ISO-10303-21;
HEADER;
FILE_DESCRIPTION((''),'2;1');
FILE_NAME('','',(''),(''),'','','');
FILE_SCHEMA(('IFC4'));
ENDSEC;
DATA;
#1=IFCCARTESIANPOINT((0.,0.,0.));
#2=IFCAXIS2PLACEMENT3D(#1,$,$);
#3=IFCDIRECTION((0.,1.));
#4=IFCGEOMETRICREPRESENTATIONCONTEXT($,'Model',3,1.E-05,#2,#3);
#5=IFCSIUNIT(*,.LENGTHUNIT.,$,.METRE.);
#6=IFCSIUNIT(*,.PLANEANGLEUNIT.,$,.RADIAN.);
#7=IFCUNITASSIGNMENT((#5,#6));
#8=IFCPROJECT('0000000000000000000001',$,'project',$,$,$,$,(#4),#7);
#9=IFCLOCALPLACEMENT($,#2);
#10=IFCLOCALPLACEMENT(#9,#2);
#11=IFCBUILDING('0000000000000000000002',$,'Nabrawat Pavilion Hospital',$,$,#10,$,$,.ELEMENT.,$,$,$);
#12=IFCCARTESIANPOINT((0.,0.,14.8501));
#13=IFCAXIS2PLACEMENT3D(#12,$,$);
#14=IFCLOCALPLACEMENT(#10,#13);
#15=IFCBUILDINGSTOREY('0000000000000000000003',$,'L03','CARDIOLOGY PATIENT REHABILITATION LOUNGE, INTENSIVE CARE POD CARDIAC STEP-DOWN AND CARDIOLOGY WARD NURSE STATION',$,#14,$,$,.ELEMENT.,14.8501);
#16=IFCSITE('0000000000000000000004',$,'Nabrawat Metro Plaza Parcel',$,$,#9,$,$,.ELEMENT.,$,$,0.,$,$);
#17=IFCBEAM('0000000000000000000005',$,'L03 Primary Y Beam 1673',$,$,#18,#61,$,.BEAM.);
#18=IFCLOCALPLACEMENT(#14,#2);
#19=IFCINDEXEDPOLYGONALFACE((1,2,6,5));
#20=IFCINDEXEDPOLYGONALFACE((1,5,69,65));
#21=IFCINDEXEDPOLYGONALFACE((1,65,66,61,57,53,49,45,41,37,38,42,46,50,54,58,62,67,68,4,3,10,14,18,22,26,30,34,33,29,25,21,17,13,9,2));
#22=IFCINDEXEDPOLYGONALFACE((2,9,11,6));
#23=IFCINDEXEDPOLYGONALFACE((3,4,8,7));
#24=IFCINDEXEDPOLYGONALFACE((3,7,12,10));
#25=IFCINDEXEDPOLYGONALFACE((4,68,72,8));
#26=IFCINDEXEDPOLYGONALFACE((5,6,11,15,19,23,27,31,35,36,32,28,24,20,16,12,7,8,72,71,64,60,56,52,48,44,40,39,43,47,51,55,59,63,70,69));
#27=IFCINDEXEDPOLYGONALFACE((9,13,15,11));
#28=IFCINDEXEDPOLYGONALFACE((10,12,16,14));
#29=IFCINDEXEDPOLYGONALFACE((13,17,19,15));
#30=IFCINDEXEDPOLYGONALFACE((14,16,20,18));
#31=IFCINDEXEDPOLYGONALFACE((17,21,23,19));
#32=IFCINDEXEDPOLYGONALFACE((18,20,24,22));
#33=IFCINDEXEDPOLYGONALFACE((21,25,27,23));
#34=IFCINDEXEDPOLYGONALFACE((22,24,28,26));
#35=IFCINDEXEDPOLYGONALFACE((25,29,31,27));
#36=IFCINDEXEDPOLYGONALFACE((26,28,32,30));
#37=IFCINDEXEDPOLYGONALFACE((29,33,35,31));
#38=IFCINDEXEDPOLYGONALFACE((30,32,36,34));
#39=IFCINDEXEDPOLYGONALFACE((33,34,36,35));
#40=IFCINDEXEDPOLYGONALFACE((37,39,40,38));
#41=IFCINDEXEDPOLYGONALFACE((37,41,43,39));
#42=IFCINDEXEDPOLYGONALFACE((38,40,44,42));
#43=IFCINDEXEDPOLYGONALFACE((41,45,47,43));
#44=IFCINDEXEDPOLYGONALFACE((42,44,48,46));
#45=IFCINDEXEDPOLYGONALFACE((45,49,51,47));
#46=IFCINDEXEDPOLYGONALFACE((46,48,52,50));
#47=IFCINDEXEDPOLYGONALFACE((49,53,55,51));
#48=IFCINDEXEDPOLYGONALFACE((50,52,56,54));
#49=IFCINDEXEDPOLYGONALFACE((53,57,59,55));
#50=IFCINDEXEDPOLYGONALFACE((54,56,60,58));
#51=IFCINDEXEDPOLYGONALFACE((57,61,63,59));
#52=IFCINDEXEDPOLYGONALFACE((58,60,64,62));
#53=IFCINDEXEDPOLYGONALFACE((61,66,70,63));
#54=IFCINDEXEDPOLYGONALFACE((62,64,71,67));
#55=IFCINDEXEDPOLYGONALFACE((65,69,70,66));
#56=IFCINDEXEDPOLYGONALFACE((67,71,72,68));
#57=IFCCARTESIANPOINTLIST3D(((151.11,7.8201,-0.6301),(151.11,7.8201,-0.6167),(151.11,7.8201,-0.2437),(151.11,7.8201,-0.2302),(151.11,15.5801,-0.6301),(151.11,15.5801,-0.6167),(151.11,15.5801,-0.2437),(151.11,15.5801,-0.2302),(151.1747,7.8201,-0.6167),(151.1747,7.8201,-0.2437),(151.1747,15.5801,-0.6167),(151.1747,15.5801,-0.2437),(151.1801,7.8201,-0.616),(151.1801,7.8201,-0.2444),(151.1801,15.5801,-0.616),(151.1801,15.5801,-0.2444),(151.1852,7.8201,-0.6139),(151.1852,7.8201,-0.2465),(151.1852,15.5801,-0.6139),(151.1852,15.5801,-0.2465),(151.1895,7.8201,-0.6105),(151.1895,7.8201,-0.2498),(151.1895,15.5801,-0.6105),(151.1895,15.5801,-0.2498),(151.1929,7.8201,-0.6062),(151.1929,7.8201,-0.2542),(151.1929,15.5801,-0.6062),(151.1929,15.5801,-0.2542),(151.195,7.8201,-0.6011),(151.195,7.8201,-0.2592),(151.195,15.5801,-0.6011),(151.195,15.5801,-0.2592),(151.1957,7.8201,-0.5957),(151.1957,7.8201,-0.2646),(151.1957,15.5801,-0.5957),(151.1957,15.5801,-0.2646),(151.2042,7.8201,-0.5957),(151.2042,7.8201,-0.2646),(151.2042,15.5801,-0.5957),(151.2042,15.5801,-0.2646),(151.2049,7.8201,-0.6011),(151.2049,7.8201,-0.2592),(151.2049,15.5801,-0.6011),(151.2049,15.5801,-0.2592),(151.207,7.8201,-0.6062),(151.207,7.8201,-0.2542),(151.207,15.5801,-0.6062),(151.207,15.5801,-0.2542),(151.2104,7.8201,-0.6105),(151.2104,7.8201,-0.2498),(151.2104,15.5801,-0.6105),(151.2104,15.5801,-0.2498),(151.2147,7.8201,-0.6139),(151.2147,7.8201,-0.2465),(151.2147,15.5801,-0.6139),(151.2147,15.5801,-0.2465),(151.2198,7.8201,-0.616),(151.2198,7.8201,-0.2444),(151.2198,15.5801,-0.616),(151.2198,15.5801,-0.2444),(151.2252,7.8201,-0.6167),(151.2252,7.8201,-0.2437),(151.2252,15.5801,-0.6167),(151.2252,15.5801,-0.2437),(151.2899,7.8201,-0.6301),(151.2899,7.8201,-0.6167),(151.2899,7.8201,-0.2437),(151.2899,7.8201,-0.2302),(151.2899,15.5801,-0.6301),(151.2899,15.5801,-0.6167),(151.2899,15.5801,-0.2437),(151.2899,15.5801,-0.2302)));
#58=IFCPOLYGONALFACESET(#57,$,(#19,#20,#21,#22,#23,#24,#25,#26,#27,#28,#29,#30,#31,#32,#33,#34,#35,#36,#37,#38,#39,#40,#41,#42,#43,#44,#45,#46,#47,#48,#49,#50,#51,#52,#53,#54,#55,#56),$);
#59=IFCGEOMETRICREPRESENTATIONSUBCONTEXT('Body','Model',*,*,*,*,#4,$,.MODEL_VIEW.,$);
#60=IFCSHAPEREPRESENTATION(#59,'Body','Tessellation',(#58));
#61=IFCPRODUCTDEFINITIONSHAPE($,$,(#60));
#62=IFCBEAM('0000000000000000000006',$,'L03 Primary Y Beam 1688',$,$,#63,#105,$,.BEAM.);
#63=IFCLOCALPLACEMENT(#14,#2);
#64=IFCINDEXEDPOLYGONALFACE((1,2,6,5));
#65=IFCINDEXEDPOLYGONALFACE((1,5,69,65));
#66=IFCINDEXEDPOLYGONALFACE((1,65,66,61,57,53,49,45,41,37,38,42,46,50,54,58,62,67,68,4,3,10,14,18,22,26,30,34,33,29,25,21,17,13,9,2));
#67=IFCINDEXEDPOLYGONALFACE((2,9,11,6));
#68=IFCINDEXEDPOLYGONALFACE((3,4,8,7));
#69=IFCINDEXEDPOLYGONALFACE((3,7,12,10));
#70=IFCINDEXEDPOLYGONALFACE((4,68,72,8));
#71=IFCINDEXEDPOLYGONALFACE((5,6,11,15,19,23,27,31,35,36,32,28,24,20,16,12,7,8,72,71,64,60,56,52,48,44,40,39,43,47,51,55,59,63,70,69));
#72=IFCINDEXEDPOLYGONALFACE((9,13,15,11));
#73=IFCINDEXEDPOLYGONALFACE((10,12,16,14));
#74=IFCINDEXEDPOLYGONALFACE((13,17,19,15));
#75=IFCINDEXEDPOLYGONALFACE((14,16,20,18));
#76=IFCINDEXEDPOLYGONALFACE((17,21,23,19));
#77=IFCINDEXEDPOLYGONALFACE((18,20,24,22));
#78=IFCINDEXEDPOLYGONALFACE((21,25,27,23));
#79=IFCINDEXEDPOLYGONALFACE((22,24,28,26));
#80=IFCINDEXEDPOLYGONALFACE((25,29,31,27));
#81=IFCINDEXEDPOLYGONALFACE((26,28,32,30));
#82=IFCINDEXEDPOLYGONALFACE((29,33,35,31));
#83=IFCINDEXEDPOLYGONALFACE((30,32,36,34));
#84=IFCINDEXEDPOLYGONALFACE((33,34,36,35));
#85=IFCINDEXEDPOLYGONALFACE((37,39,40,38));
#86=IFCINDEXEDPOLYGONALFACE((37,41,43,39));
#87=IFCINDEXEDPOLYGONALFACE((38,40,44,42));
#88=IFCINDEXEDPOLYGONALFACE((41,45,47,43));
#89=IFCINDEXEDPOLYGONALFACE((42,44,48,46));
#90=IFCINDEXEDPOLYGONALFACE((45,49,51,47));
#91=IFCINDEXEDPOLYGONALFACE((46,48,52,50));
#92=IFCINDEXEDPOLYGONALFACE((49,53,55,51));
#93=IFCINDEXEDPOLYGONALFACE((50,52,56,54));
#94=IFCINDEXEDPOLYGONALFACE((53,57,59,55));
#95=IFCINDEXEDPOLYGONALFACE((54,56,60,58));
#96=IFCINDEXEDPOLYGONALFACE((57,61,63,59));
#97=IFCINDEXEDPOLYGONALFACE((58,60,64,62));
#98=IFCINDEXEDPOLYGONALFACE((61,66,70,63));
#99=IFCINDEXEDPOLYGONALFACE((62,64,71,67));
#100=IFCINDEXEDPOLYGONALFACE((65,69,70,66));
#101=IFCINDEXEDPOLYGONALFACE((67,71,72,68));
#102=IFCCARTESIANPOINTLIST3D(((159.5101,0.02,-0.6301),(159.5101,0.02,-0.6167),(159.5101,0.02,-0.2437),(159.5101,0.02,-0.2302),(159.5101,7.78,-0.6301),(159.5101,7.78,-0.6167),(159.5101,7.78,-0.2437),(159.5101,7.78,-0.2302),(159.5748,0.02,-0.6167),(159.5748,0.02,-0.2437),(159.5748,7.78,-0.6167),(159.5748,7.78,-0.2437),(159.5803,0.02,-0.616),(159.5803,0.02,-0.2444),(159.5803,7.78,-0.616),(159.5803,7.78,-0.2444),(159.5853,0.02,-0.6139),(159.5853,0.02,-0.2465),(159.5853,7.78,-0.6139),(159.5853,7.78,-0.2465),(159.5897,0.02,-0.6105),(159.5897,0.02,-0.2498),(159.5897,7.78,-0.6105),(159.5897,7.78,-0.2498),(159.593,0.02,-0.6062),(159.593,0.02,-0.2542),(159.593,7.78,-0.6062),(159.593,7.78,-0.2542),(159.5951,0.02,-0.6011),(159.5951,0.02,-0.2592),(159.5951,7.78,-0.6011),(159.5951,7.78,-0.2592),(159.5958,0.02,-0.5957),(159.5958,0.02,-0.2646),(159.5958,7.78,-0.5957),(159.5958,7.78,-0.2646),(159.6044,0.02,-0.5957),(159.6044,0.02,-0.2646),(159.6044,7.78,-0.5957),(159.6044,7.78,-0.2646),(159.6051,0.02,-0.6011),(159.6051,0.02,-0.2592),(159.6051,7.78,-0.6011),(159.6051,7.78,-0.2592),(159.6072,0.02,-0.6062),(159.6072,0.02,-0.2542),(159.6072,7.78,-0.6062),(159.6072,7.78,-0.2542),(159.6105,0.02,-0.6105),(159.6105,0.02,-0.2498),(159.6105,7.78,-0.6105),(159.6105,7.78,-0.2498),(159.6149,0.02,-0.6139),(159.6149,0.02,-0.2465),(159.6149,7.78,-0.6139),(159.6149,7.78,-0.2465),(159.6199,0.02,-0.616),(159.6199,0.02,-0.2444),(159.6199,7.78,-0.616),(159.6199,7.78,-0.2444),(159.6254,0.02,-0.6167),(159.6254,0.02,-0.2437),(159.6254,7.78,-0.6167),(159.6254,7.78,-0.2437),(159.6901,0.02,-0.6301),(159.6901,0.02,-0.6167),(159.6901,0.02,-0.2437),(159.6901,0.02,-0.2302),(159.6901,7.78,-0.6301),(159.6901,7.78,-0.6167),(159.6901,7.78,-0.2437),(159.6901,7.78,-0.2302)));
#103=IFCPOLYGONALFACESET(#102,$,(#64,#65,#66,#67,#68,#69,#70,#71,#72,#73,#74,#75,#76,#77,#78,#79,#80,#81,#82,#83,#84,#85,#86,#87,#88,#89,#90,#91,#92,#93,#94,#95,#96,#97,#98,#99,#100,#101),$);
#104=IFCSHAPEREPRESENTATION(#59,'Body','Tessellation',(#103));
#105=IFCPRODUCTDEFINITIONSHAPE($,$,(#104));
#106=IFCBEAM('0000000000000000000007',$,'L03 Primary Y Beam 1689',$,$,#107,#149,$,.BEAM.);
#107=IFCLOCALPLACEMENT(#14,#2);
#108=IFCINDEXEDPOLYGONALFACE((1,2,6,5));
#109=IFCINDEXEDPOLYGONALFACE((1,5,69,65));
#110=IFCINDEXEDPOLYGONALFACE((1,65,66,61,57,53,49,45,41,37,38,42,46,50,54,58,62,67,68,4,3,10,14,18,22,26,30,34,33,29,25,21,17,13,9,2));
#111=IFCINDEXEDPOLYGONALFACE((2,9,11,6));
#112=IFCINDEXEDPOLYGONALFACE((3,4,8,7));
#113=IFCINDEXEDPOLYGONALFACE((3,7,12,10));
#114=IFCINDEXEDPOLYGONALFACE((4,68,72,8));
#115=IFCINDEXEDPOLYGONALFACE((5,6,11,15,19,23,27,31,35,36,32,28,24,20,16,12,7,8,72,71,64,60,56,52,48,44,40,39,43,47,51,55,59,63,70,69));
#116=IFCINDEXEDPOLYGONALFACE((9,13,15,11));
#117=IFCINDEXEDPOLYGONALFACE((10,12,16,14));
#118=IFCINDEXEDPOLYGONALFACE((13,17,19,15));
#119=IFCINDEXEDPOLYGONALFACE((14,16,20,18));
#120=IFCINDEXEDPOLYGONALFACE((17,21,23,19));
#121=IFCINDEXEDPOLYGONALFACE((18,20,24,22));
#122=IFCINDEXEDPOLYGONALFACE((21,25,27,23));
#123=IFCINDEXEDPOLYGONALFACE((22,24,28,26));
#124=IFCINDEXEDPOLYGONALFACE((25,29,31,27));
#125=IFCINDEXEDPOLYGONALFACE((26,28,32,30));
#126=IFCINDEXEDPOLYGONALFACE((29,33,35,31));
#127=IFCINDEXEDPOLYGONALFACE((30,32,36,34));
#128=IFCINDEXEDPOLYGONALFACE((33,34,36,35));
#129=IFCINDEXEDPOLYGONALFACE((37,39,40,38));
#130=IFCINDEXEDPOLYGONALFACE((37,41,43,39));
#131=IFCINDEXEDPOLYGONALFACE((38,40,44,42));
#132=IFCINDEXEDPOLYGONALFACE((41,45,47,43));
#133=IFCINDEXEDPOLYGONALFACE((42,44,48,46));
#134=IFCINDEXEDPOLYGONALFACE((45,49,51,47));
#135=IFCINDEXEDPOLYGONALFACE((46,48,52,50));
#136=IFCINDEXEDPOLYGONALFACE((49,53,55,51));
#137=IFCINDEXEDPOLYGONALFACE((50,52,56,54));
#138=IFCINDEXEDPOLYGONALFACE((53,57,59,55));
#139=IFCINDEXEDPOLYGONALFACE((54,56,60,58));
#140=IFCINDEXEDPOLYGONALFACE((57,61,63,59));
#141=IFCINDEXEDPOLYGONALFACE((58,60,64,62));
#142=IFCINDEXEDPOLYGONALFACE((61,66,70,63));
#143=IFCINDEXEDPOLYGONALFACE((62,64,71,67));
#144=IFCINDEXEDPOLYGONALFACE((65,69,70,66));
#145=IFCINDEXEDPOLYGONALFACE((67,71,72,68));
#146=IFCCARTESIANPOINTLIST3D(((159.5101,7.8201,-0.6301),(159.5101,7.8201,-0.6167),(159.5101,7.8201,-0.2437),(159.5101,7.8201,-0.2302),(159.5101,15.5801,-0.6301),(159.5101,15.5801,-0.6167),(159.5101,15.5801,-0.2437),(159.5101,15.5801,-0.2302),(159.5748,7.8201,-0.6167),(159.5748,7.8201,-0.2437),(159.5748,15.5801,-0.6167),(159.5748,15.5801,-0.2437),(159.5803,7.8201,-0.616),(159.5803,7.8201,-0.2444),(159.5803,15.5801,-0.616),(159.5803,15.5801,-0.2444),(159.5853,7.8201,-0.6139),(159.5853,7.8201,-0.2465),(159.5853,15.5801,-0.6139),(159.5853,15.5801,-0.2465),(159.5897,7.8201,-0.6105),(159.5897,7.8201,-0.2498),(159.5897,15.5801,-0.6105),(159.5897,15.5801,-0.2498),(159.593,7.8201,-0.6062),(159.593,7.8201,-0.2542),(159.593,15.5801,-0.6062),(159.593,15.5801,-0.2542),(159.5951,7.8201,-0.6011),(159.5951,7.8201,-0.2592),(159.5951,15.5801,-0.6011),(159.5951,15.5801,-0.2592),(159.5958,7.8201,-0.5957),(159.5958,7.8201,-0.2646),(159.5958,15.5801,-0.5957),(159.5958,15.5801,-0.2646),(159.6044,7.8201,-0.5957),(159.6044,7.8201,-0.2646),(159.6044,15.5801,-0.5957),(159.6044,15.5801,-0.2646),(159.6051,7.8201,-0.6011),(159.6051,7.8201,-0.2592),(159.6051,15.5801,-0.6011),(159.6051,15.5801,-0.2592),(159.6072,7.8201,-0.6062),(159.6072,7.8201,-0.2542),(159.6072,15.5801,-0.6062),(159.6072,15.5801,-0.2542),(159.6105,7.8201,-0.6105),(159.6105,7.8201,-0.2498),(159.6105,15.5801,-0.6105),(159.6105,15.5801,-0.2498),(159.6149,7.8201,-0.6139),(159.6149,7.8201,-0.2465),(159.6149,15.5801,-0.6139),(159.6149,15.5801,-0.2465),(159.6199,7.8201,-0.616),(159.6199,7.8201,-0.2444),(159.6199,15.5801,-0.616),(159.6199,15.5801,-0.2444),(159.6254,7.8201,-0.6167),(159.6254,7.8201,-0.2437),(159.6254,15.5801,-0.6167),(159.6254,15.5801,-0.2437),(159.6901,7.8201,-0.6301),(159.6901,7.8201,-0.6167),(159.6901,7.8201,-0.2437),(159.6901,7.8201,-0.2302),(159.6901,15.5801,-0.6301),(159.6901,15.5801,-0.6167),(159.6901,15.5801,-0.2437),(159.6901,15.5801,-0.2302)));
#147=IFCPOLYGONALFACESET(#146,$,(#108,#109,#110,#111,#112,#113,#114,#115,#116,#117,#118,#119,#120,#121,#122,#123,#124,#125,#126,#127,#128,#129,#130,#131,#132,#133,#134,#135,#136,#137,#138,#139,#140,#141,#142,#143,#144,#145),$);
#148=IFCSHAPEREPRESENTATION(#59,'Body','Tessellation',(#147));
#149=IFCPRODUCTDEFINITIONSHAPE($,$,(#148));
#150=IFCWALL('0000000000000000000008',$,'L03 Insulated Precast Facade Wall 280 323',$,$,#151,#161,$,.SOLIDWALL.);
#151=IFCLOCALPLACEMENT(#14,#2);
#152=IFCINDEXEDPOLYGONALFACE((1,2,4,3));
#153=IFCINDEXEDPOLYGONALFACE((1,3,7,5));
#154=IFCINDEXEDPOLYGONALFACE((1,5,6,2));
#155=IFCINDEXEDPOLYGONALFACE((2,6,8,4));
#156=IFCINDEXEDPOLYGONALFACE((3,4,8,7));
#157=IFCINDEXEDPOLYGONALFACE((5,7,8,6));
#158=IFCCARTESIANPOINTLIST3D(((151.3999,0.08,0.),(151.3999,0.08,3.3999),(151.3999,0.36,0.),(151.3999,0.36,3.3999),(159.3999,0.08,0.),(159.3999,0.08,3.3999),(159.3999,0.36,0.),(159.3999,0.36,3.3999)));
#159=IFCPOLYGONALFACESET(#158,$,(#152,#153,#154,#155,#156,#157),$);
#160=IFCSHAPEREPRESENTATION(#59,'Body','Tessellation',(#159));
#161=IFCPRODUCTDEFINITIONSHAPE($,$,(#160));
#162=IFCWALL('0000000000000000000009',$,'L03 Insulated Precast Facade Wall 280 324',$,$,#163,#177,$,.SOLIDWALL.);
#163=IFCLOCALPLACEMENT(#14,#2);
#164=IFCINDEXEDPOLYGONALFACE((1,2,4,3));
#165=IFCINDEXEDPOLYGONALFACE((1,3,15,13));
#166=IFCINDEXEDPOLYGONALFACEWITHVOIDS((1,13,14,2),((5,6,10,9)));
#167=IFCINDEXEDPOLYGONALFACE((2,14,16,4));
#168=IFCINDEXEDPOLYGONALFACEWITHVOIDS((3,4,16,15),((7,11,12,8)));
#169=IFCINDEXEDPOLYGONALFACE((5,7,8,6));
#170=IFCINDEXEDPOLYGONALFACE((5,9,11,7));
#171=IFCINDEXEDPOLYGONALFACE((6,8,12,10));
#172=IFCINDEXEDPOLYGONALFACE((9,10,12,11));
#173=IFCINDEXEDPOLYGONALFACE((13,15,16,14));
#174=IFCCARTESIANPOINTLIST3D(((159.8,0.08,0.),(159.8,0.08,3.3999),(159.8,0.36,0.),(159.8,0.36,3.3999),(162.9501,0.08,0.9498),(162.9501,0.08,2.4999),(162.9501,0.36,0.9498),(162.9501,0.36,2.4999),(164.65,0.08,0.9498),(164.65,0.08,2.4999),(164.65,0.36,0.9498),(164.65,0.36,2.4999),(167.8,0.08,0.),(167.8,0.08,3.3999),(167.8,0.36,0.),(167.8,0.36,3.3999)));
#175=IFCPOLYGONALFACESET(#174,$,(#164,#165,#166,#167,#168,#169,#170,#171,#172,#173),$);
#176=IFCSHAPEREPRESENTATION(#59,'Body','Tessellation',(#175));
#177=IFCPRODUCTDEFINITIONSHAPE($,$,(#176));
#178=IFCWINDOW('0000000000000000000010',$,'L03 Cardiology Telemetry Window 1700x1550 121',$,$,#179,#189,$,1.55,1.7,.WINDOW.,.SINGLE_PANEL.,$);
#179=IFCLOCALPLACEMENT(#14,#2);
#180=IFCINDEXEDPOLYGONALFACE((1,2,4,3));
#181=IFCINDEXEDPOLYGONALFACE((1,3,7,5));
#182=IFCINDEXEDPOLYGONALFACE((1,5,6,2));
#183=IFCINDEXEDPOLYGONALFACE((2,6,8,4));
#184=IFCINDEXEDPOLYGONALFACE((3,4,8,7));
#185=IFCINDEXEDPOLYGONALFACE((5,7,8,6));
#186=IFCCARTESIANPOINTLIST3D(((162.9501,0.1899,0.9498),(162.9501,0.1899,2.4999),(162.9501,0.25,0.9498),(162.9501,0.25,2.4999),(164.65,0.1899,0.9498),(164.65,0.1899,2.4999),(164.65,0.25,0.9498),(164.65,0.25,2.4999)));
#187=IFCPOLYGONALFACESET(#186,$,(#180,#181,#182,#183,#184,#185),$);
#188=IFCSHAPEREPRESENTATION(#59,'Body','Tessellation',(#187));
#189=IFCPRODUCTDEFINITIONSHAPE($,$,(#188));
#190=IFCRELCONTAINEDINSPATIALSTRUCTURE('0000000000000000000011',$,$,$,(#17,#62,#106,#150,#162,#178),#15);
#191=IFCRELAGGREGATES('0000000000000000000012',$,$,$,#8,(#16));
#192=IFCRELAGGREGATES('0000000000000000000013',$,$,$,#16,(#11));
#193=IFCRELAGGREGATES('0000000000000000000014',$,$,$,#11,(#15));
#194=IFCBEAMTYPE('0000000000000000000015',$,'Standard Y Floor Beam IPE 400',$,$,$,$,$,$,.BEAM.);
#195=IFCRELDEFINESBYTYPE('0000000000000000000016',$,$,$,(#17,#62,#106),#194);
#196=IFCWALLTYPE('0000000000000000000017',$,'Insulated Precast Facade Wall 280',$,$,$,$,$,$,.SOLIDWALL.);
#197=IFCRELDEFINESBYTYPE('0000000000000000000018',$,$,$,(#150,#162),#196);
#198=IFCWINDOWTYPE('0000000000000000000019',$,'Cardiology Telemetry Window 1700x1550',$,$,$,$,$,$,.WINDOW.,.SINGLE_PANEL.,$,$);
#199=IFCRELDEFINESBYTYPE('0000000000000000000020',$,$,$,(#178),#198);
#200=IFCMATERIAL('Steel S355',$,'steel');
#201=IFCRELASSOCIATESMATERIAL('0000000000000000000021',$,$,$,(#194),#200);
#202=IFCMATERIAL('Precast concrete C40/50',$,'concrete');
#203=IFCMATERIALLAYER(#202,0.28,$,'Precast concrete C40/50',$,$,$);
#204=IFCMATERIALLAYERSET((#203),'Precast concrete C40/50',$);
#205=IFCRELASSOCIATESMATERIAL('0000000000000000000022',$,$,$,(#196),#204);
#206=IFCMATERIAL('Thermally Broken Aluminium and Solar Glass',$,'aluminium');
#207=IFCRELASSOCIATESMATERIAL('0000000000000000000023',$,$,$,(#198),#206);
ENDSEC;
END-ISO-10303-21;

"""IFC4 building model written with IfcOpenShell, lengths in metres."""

from ifc_helpers import new_model, si_unit, direction, frame, frame_2d, origin, origin_2d, place, context, subcontext, project, spatial, rectangle, i_section, extrude, material, layer, layer_set, material_profile, profile_set, type_object, element, fill, save


model = new_model("IFC4")

# Units and contexts
model_context = context("Model", 3, precision=1e-05, world=origin(), true_north=direction((0.0, 1.0)))
body_context = subcontext(model_context, "Body", "Model", "MODEL_VIEW")
ifc_project = project(units=[si_unit("LENGTHUNIT", "METRE"), si_unit("PLANEANGLEUNIT", "RADIAN")], contexts=[model_context])

# Site, building, storey
site_placement = place(None, origin())
site = spatial("IfcSite", under=ifc_project, at=site_placement, Name="Nabrawat Metro Plaza Parcel", CompositionType="ELEMENT", RefElevation=0.0)
building_placement = place(site_placement, origin())
building = spatial("IfcBuilding", under=site, at=building_placement, Name="Nabrawat Pavilion Hospital", CompositionType="ELEMENT")
storey_placement = place(building_placement, frame((0.0, 0.0, 14.8501)))
storey = spatial("IfcBuildingStorey", under=building, at=storey_placement, Name="L03", Description="CARDIOLOGY PATIENT REHABILITATION LOUNGE, INTENSIVE CARE POD CARDIAC STEP-DOWN AND CARDIOLOGY WARD NURSE STATION", CompositionType="ELEMENT", Elevation=14.8501)

# Shared definitions
ifc_material_1 = material(Name="Steel S355", Category="steel")

# Beams
ifc_material_profile_1 = material_profile(ifc_material_1, i_section(OverallWidth=0.1799, OverallDepth=0.3999, WebThickness=0.0085, FlangeThickness=0.0134, FilletRadius=0.021, at=origin_2d()), Name="IPE 400")
ifc_profile_set_1 = profile_set([ifc_material_profile_1], Name="Steel S355")
beam_type_1 = type_object("IfcBeamType", Name="Standard Y Floor Beam IPE 400", PredefinedType="BEAM", material=ifc_profile_set_1)
for number, where, z_axis, x_axis, name in (
    (1, (151.2, 7.8201, -0.4302), (0.0, 1.0, 0.0), (-1.0, 0.0, 0.0), "L03 Primary Y Beam 1673"),
    (2, (159.6001, 0.02, -0.4302), (0.0, 1.0, 0.0), (-1.0, 0.0, 0.0), "L03 Primary Y Beam 1688"),
    (3, (159.6001, 7.8201, -0.4302), (0.0, 1.0, 0.0), (-1.0, 0.0, 0.0), "L03 Primary Y Beam 1689"),
):
    element("IfcBeam", number, at=place(storey_placement, frame(where, z_axis=z_axis, x_axis=x_axis)), inside=storey, type_object=beam_type_1, Name=name, PredefinedType="BEAM", context=body_context, shape_type="SweptSolid", body=[
        extrude(i_section(OverallWidth=0.1799, OverallDepth=0.3999, WebThickness=0.0085, FlangeThickness=0.0134, FilletRadius=0.021, at=origin_2d()), origin(), (0.0, 0.0, 1.0), 7.76),
    ])

# Wall
ifc_material_2 = material(Name="Precast concrete C40/50", Category="concrete")
ifc_layer_1 = layer(ifc_material_2, 0.28, Name="Precast concrete C40/50")
ifc_layer_set_1 = layer_set([ifc_layer_1], Name="Precast concrete C40/50")
wall_type_1 = type_object("IfcWallType", Name="Insulated Precast Facade Wall 280", PredefinedType="SOLIDWALL", material=ifc_layer_set_1)
wall_1_placement = place(storey_placement, frame((151.3999, 0.22, 0.0), z_axis=(0.0, 0.0, 1.0), x_axis=(1.0, 0.0, 0.0)))
element("IfcWall", 4, at=wall_1_placement, inside=storey, type_object=wall_type_1, Name="L03 Insulated Precast Facade Wall 280 323", PredefinedType="SOLIDWALL", context=body_context, shape_type="SweptSolid", body=[
    extrude(rectangle(XDim=8.0, YDim=0.28, at=frame_2d((4.0, 0.0))), origin(), (0.0, 0.0, 1.0), 3.3999),
])

# Wall, opening, window
wall_2_placement = place(storey_placement, frame((159.8, 0.22, 0.0), z_axis=(0.0, 0.0, 1.0), x_axis=(1.0, 0.0, 0.0)))
wall_2 = element("IfcWall", 5, at=wall_2_placement, inside=storey, type_object=wall_type_1, Name="L03 Insulated Precast Facade Wall 280 324", PredefinedType="SOLIDWALL", context=body_context, shape_type="SweptSolid", body=[
    extrude(rectangle(XDim=8.0, YDim=0.28, at=frame_2d((4.0, 0.0))), origin(), (0.0, 0.0, 1.0), 3.3999),
])
opening_placement = place(wall_2_placement, frame((3.1499, 0.0, 0.95)))
opening = element("IfcOpeningElement", 6, at=opening_placement, cuts=wall_2, PredefinedType="OPENING", context=body_context, shape_type="SweptSolid", body=[
    extrude(rectangle(XDim=1.7, YDim=1.55, at=frame_2d((0.8501, 0.7749))), frame((0.0, 0.1499, 0.0), z_axis=(0.0, -1.0, 0.0), x_axis=(1.0, 0.0, 0.0)), (0.0, 0.0, 1.0), 0.3),
])
ifc_material_3 = material(Name="Thermally Broken Aluminium and Solar Glass", Category="aluminium")
window_type = type_object("IfcWindowType", Name="Cardiology Telemetry Window 1700x1550", PartitioningType="SINGLE_PANEL", PredefinedType="WINDOW", material=ifc_material_3)
window_placement = place(opening_placement, origin())
window = element("IfcWindow", 7, at=window_placement, inside=storey, type_object=window_type, Name="L03 Cardiology Telemetry Window 1700x1550 121", OverallHeight=1.55, OverallWidth=1.7, PartitioningType="SINGLE_PANEL", PredefinedType="WINDOW", context=body_context, shape_type="SweptSolid", body=[
    extrude(rectangle(XDim=1.7, YDim=1.55, at=frame_2d((0.8501, 0.7749))), frame((0.0, 0.03, 0.0), z_axis=(0.0, -1.0, 0.0), x_axis=(1.0, 0.0, 0.0)), (0.0, 0.0, 1.0), 0.0601),
])
fill(opening, window)

save(model, "model.ifc")
